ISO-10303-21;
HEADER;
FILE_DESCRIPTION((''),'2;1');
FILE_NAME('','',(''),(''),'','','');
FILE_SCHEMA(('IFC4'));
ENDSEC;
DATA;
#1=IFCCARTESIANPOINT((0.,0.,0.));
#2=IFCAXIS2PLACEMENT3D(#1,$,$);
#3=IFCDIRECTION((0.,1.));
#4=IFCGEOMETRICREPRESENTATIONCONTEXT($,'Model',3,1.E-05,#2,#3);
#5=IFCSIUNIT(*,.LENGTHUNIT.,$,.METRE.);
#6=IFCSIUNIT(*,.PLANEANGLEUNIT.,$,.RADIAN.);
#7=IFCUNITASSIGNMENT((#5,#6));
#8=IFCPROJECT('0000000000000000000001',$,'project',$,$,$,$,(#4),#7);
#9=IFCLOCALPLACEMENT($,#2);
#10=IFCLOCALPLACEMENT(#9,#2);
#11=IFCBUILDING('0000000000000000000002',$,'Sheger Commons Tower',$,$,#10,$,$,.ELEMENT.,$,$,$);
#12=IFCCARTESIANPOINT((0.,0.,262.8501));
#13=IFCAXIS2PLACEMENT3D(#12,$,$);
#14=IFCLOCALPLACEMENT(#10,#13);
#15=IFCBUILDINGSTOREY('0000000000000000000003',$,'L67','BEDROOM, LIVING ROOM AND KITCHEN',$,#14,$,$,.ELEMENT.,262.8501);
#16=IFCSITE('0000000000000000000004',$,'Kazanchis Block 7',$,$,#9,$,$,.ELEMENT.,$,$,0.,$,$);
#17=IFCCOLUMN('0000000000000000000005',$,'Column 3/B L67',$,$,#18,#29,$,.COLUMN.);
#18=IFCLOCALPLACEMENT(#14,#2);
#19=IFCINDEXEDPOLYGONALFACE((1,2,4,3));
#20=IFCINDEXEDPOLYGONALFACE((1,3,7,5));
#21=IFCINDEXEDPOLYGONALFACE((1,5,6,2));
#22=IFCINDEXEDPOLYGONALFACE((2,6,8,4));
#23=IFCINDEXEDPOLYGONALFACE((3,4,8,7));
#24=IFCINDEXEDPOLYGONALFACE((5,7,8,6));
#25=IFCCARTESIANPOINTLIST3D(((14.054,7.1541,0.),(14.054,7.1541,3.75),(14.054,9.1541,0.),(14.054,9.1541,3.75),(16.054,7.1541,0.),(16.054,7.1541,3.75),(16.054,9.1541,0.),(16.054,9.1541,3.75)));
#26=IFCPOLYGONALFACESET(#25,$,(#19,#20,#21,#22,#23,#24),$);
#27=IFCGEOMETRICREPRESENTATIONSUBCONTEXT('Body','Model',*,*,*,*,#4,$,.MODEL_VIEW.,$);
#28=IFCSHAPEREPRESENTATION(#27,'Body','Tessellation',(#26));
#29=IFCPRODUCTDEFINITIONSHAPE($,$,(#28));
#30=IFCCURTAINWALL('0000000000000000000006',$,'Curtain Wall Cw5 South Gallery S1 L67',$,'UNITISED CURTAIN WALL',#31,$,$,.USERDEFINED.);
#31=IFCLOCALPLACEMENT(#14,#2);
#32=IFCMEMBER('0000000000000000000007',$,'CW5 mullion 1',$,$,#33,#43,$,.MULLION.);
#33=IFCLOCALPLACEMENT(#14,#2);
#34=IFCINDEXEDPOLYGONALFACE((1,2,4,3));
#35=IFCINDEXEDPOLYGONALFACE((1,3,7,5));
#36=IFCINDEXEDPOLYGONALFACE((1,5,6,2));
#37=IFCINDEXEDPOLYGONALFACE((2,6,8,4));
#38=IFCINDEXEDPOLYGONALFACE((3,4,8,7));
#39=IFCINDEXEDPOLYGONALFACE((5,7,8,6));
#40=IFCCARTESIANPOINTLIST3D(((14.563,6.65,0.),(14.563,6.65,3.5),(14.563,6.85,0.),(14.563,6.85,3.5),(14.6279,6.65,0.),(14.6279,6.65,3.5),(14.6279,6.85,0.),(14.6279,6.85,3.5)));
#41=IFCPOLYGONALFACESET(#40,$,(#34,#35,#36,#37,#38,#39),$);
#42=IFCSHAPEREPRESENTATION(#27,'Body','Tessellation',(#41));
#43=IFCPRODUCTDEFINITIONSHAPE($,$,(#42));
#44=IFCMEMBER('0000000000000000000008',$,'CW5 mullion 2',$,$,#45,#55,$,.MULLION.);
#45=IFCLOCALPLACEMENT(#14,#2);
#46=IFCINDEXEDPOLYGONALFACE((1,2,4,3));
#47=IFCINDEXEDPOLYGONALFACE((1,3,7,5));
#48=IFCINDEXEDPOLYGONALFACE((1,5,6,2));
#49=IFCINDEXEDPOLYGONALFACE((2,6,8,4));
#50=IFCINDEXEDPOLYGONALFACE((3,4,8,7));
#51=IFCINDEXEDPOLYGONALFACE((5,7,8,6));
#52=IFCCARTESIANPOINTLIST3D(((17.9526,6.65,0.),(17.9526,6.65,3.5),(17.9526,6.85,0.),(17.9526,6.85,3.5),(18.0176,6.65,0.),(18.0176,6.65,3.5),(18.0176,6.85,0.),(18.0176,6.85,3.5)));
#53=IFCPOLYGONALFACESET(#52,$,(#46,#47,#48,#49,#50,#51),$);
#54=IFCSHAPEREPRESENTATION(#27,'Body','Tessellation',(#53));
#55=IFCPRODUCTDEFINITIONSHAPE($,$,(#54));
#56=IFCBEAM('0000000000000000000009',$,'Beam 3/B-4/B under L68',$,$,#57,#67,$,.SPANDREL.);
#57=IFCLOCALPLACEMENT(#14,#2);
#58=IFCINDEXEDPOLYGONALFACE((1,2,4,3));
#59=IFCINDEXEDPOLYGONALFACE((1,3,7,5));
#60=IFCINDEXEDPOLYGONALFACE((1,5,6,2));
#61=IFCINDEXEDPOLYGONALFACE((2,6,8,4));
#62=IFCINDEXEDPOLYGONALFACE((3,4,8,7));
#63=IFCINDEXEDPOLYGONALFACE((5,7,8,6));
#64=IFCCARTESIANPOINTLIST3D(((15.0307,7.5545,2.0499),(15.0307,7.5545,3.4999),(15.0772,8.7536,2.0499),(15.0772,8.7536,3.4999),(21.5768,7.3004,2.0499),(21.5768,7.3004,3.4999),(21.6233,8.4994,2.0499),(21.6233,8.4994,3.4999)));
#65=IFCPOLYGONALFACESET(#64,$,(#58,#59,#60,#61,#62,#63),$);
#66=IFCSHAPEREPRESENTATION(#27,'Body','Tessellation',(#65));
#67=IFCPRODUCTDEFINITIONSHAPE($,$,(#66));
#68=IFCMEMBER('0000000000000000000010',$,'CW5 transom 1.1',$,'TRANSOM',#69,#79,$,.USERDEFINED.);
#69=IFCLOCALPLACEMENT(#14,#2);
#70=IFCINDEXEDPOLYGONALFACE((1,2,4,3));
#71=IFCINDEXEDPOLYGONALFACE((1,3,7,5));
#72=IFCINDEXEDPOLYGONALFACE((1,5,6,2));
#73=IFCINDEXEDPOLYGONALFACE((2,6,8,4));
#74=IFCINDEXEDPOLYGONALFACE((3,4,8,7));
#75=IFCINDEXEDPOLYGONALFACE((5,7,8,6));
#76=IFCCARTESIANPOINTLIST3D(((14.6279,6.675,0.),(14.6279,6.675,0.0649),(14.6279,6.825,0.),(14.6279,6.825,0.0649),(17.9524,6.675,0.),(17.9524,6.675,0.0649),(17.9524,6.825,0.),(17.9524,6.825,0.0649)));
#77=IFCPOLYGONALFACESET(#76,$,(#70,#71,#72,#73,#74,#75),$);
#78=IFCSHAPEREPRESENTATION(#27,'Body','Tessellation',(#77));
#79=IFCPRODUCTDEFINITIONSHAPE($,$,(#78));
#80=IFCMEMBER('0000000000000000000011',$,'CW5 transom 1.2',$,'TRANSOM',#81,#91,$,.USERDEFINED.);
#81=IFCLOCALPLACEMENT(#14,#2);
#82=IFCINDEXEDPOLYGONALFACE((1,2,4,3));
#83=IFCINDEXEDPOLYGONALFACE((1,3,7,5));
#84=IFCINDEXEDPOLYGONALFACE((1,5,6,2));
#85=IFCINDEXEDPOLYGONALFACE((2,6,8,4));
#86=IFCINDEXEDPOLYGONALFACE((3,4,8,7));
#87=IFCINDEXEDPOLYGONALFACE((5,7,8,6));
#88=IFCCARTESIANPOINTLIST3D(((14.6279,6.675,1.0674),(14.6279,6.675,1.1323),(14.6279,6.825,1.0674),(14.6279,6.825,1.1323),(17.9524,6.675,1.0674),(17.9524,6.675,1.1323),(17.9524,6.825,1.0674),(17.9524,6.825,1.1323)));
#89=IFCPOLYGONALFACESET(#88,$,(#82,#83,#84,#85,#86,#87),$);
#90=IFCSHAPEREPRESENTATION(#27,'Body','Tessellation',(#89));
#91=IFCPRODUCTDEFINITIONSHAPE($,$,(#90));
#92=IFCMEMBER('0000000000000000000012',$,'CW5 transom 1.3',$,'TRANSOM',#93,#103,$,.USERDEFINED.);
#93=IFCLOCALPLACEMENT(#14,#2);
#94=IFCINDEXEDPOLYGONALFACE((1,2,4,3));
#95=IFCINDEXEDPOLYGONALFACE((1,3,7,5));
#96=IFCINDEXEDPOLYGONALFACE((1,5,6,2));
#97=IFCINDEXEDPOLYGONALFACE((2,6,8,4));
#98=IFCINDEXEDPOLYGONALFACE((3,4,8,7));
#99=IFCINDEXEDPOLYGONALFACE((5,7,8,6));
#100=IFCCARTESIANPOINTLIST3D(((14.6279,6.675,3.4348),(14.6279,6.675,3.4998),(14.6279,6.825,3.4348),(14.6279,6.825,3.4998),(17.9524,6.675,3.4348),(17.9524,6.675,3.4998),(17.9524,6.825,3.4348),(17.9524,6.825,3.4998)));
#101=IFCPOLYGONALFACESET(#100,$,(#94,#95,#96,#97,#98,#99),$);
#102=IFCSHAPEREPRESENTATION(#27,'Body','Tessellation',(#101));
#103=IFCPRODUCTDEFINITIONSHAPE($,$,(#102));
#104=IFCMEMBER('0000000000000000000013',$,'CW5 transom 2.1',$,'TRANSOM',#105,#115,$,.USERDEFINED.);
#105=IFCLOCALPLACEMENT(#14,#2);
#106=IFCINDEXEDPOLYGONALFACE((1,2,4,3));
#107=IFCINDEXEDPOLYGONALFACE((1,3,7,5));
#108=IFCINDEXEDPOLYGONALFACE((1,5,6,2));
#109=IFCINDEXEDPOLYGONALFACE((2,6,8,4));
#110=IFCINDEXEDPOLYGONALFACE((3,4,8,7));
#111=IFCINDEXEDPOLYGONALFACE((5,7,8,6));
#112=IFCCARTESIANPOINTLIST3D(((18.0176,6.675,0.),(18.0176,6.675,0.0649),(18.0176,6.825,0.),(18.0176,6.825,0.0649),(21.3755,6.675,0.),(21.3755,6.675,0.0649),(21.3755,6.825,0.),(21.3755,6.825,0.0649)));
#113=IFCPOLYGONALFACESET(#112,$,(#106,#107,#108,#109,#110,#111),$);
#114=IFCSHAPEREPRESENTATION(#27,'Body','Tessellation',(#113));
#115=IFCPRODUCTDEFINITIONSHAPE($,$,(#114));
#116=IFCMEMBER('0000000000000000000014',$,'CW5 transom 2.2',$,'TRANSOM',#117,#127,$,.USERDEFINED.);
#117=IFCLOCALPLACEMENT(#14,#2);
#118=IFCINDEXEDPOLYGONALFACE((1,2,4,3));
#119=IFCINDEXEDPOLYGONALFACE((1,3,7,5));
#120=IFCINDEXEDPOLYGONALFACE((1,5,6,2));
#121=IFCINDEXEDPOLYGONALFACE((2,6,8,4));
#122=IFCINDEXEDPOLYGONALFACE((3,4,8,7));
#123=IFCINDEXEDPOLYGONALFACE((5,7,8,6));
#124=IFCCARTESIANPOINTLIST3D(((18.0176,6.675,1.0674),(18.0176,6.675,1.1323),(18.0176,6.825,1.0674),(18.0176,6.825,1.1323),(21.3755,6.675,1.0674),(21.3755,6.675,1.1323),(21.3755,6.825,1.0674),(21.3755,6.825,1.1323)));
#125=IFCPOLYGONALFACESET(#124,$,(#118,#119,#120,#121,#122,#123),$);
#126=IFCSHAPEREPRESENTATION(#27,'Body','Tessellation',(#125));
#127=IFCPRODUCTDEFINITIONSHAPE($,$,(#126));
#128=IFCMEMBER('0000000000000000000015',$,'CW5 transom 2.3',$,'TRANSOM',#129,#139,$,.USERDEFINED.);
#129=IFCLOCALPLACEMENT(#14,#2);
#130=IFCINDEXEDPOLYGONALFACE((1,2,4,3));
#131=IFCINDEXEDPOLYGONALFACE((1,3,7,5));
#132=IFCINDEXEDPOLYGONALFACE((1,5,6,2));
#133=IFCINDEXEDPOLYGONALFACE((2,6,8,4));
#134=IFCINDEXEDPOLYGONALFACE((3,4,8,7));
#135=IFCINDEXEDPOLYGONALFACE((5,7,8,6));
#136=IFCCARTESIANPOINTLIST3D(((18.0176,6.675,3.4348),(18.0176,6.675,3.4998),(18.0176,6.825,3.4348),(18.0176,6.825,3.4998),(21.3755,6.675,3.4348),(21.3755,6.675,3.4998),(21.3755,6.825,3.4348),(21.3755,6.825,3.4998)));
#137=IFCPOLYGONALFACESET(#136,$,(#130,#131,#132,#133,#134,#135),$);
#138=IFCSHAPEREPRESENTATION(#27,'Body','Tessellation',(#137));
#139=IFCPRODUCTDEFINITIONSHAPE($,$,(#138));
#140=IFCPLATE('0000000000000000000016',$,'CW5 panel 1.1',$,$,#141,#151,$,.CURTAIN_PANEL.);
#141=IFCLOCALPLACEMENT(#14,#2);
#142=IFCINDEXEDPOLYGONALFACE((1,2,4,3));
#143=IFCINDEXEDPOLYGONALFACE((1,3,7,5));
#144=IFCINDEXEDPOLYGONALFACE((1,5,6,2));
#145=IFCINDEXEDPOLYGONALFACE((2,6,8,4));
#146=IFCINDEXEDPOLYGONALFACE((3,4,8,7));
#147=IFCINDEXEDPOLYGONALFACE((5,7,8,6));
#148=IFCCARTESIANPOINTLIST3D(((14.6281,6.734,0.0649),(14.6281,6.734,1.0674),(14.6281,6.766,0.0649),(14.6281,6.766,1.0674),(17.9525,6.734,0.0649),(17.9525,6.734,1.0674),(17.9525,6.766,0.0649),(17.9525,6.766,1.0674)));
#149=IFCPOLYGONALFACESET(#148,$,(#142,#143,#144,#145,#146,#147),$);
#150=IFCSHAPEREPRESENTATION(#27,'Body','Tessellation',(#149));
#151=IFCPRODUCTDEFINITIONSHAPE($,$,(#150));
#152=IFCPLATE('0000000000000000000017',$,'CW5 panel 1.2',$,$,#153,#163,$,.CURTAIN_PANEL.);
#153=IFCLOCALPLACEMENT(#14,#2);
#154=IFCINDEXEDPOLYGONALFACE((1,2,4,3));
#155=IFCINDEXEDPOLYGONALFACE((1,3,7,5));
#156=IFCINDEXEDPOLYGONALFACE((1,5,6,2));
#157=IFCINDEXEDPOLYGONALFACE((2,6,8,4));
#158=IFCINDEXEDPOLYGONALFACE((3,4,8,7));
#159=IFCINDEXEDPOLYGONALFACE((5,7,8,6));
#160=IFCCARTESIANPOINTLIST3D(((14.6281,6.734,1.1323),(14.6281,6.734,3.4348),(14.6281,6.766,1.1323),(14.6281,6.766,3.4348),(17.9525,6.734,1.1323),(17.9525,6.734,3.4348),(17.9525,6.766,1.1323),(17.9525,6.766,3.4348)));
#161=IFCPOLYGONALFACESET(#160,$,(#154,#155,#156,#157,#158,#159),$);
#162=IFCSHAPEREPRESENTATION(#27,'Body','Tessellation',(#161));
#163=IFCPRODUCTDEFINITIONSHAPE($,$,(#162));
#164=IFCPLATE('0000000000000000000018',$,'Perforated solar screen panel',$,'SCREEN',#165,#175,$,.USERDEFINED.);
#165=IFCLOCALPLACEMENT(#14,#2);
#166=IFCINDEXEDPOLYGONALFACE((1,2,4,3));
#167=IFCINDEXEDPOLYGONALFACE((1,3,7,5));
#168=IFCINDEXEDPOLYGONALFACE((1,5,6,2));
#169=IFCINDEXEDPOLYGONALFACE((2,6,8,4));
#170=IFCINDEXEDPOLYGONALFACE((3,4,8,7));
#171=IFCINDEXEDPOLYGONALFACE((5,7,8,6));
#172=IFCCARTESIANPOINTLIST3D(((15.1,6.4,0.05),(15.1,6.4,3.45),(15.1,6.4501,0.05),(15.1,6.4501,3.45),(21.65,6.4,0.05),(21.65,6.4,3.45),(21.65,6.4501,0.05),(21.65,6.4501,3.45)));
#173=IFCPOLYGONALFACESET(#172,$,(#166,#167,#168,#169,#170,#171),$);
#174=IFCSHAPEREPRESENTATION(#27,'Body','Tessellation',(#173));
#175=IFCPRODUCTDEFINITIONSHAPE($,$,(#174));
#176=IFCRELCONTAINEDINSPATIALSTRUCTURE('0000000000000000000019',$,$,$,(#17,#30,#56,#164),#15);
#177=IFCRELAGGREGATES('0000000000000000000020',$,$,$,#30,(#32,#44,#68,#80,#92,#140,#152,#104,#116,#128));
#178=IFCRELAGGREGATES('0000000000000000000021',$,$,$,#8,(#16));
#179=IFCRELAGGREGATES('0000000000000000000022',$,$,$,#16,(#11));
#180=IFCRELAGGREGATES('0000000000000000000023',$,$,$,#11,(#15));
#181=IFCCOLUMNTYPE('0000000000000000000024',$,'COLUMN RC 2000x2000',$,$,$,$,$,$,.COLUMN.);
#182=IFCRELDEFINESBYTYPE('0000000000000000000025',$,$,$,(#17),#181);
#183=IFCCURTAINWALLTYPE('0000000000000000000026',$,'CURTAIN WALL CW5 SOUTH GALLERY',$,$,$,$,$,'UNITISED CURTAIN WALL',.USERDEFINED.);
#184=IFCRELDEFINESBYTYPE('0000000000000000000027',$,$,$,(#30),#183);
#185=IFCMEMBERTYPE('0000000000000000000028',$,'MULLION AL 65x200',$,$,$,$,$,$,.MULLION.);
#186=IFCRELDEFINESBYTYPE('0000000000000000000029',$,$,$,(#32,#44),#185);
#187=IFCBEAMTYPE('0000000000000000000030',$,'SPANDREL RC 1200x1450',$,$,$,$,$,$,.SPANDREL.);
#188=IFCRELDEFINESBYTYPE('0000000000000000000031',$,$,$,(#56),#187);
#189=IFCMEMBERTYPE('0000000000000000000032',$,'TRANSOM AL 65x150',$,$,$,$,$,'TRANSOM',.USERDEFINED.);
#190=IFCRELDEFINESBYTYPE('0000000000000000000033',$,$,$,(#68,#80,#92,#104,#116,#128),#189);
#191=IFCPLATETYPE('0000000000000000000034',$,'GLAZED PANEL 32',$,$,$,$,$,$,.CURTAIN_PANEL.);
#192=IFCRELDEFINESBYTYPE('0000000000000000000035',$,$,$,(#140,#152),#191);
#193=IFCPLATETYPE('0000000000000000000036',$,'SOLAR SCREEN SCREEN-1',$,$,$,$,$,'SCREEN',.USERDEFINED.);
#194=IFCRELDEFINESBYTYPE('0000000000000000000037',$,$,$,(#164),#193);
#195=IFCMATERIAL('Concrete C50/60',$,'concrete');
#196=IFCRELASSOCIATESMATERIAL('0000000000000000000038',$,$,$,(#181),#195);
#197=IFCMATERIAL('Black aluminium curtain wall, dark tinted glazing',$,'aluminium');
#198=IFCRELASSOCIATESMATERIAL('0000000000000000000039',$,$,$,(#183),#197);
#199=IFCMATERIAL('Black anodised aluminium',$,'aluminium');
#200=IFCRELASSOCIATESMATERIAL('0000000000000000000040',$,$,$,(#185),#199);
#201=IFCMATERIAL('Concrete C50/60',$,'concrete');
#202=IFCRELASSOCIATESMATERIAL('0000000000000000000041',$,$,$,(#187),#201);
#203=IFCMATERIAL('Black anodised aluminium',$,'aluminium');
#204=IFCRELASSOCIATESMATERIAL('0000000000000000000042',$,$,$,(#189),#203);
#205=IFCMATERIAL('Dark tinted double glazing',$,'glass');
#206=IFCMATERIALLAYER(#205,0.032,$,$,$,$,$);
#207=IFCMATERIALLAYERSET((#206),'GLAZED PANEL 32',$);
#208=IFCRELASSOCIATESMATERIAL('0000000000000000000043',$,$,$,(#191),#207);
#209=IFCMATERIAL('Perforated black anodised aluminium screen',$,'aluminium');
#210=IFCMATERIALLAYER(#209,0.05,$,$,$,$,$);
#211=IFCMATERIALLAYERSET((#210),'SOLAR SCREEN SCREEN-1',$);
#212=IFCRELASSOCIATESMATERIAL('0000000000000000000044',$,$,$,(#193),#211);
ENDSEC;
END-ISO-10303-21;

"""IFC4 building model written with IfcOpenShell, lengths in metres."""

from ifc_helpers import new_model, si_unit, direction, frame, origin, origin_2d, place, context, subcontext, project, spatial, rectangle, extrude, material, layer, layer_set, material_profile, profile_set, type_object, element, aggregate, save


model = new_model("IFC4")

# Units and contexts
model_context = context("Model", 3, precision=1e-05, world=origin(), true_north=direction((0.0, 1.0)))
body_context = subcontext(model_context, "Body", "Model", "MODEL_VIEW")
ifc_project = project(units=[si_unit("LENGTHUNIT", "METRE"), si_unit("PLANEANGLEUNIT", "RADIAN")], contexts=[model_context])

# Site, building, storey
site_placement = place(None, origin())
site = spatial("IfcSite", under=ifc_project, at=site_placement, Name="Kazanchis Block 7", CompositionType="ELEMENT", RefElevation=0.0)
building_placement = place(site_placement, origin())
building = spatial("IfcBuilding", under=site, at=building_placement, Name="Sheger Commons Tower", CompositionType="ELEMENT")
storey_placement = place(building_placement, frame((0.0, 0.0, 262.8501)))
storey = spatial("IfcBuildingStorey", under=building, at=storey_placement, Name="L67", Description="BEDROOM, LIVING ROOM AND KITCHEN", CompositionType="ELEMENT", Elevation=262.8501)

# Column
ifc_material_1 = material(Name="Concrete C50/60", Category="concrete")
ifc_material_profile_1 = material_profile(ifc_material_1, rectangle(XDim=2.0, YDim=2.0, at=origin_2d()), Name="RC 2000x2000")
ifc_profile_set_1 = profile_set([ifc_material_profile_1], Name="Concrete C50/60")
column_type = type_object("IfcColumnType", Name="COLUMN RC 2000x2000", PredefinedType="COLUMN", material=ifc_profile_set_1)
column_placement = place(storey_placement, frame((15.054, 8.1541, 0.0), z_axis=(0.0, 0.0, 1.0), x_axis=(1.0, 0.0, 0.0)))
element("IfcColumn", 1, at=column_placement, inside=storey, type_object=column_type, Name="Column 3/B L67", PredefinedType="COLUMN", context=body_context, shape_type="SweptSolid", body=[
    extrude(rectangle(XDim=2.0, YDim=2.0, at=origin_2d()), origin(), (0.0, 0.0, 1.0), 3.75),
])

# Curtain wall, members
ifc_material_2 = material(Name="Black aluminium curtain wall, dark tinted glazing", Category="aluminium")
curtain_wall_type = type_object("IfcCurtainWallType", Name="CURTAIN WALL CW5 SOUTH GALLERY", ElementType="UNITISED CURTAIN WALL", PredefinedType="USERDEFINED", material=ifc_material_2)
curtain_wall_placement = place(storey_placement, origin())
curtain_wall = element("IfcCurtainWall", 2, at=curtain_wall_placement, inside=storey, type_object=curtain_wall_type, Name="Curtain Wall Cw5 South Gallery S1 L67", ObjectType="UNITISED CURTAIN WALL", PredefinedType="USERDEFINED")
ifc_material_3 = material(Name="Black anodised aluminium", Category="aluminium")
ifc_material_profile_2 = material_profile(ifc_material_3, rectangle(XDim=0.2, YDim=0.0649, at=origin_2d()), Name="AL 65x200")
ifc_profile_set_2 = profile_set([ifc_material_profile_2], Name="Black anodised aluminium")
member_type_1 = type_object("IfcMemberType", Name="MULLION AL 65x200", PredefinedType="MULLION", material=ifc_profile_set_2)
member_1_placement = place(storey_placement, frame((14.5955, 6.75, 0.0), z_axis=(0.0, 0.0, 1.0), x_axis=(0.0, 1.0, 0.0)))
member_1 = element("IfcMember", 3, at=member_1_placement, type_object=member_type_1, Name="CW5 mullion 1", PredefinedType="MULLION", context=body_context, shape_type="SweptSolid", body=[
    extrude(rectangle(XDim=0.2, YDim=0.0649, at=origin_2d()), origin(), (0.0, 0.0, 1.0), 3.5),
])
member_2_placement = place(storey_placement, frame((17.9851, 6.75, 0.0), z_axis=(0.0, 0.0, 1.0), x_axis=(0.0, 1.0, 0.0)))
member_2 = element("IfcMember", 4, at=member_2_placement, type_object=member_type_1, Name="CW5 mullion 2", PredefinedType="MULLION", context=body_context, shape_type="SweptSolid", body=[
    extrude(rectangle(XDim=0.2, YDim=0.0649, at=origin_2d()), origin(), (0.0, 0.0, 1.0), 3.5),
])

# Beam
ifc_material_4 = material(Name="Concrete C50/60", Category="concrete")
ifc_material_profile_3 = material_profile(ifc_material_4, rectangle(XDim=1.2, YDim=1.45, at=origin_2d()), Name="RC 1200x1450")
ifc_profile_set_3 = profile_set([ifc_material_profile_3], Name="Concrete C50/60")
beam_type = type_object("IfcBeamType", Name="SPANDREL RC 1200x1450", PredefinedType="SPANDREL", material=ifc_profile_set_3)
beam_placement = place(storey_placement, frame((15.054, 8.1541, 2.7749), z_axis=(0.999247, -0.038795, 0.0), x_axis=(0.038795, 0.999247, 0.0)))
element("IfcBeam", 5, at=beam_placement, inside=storey, type_object=beam_type, Name="Beam 3/B-4/B under L68", PredefinedType="SPANDREL", context=body_context, shape_type="SweptSolid", body=[
    extrude(rectangle(XDim=1.2, YDim=1.45, at=origin_2d()), origin(), (0.0, 0.0, 1.0), 6.551),
])

# Members
ifc_material_5 = material(Name="Black anodised aluminium", Category="aluminium")
ifc_material_profile_4 = material_profile(ifc_material_5, rectangle(XDim=0.1499, YDim=0.0649, at=origin_2d()), Name="AL 65x150")
ifc_profile_set_4 = profile_set([ifc_material_profile_4], Name="Black anodised aluminium")
member_type_2 = type_object("IfcMemberType", Name="TRANSOM AL 65x150", ElementType="TRANSOM", PredefinedType="USERDEFINED", material=ifc_profile_set_4)
member_3_placement = place(storey_placement, frame((14.6279, 6.75, 0.0325), z_axis=(1.0, 0.0, 0.0), x_axis=(0.0, 1.0, 0.0)))
member_3 = element("IfcMember", 6, at=member_3_placement, type_object=member_type_2, Name="CW5 transom 1.1", ObjectType="TRANSOM", PredefinedType="USERDEFINED", context=body_context, shape_type="SweptSolid", body=[
    extrude(rectangle(XDim=0.1499, YDim=0.0649, at=origin_2d()), origin(), (0.0, 0.0, 1.0), 3.3245),
])
member_4_placement = place(storey_placement, frame((14.6279, 6.75, 1.0999), z_axis=(1.0, 0.0, 0.0), x_axis=(0.0, 1.0, 0.0)))
member_4 = element("IfcMember", 7, at=member_4_placement, type_object=member_type_2, Name="CW5 transom 1.2", ObjectType="TRANSOM", PredefinedType="USERDEFINED", context=body_context, shape_type="SweptSolid", body=[
    extrude(rectangle(XDim=0.1499, YDim=0.0649, at=origin_2d()), origin(), (0.0, 0.0, 1.0), 3.3245),
])
member_5_placement = place(storey_placement, frame((14.6279, 6.75, 3.4673), z_axis=(1.0, 0.0, 0.0), x_axis=(0.0, 1.0, 0.0)))
member_5 = element("IfcMember", 8, at=member_5_placement, type_object=member_type_2, Name="CW5 transom 1.3", ObjectType="TRANSOM", PredefinedType="USERDEFINED", context=body_context, shape_type="SweptSolid", body=[
    extrude(rectangle(XDim=0.1499, YDim=0.0649, at=origin_2d()), origin(), (0.0, 0.0, 1.0), 3.3245),
])
member_6_placement = place(storey_placement, frame((18.0176, 6.75, 0.0325), z_axis=(1.0, 0.0, 0.0), x_axis=(0.0, 1.0, 0.0)))
member_6 = element("IfcMember", 9, at=member_6_placement, type_object=member_type_2, Name="CW5 transom 2.1", ObjectType="TRANSOM", PredefinedType="USERDEFINED", context=body_context, shape_type="SweptSolid", body=[
    extrude(rectangle(XDim=0.1499, YDim=0.0649, at=origin_2d()), origin(), (0.0, 0.0, 1.0), 3.3579),
])
member_7_placement = place(storey_placement, frame((18.0176, 6.75, 1.0999), z_axis=(1.0, 0.0, 0.0), x_axis=(0.0, 1.0, 0.0)))
member_7 = element("IfcMember", 10, at=member_7_placement, type_object=member_type_2, Name="CW5 transom 2.2", ObjectType="TRANSOM", PredefinedType="USERDEFINED", context=body_context, shape_type="SweptSolid", body=[
    extrude(rectangle(XDim=0.1499, YDim=0.0649, at=origin_2d()), origin(), (0.0, 0.0, 1.0), 3.3579),
])
member_8_placement = place(storey_placement, frame((18.0176, 6.75, 3.4673), z_axis=(1.0, 0.0, 0.0), x_axis=(0.0, 1.0, 0.0)))
member_8 = element("IfcMember", 11, at=member_8_placement, type_object=member_type_2, Name="CW5 transom 2.3", ObjectType="TRANSOM", PredefinedType="USERDEFINED", context=body_context, shape_type="SweptSolid", body=[
    extrude(rectangle(XDim=0.1499, YDim=0.0649, at=origin_2d()), origin(), (0.0, 0.0, 1.0), 3.3579),
])

# Plates
ifc_material_6 = material(Name="Dark tinted double glazing", Category="glass")
ifc_layer_1 = layer(ifc_material_6, 0.032)
ifc_layer_set_1 = layer_set([ifc_layer_1], Name="GLAZED PANEL 32")
plate_type_1 = type_object("IfcPlateType", Name="GLAZED PANEL 32", PredefinedType="CURTAIN_PANEL", material=ifc_layer_set_1)
plate_1_placement = place(storey_placement, frame((16.2903, 6.75, 0.0649), z_axis=(0.0, 0.0, 1.0), x_axis=(1.0, 0.0, 0.0)))
plate_1 = element("IfcPlate", 12, at=plate_1_placement, type_object=plate_type_1, Name="CW5 panel 1.1", PredefinedType="CURTAIN_PANEL", context=body_context, shape_type="SweptSolid", body=[
    extrude(rectangle(XDim=3.3245, YDim=0.032, at=origin_2d()), origin(), (0.0, 0.0, 1.0), 1.0024),
])
plate_2_placement = place(storey_placement, frame((16.2903, 6.75, 1.1323), z_axis=(0.0, 0.0, 1.0), x_axis=(1.0, 0.0, 0.0)))
plate_2 = element("IfcPlate", 13, at=plate_2_placement, type_object=plate_type_1, Name="CW5 panel 1.2", PredefinedType="CURTAIN_PANEL", context=body_context, shape_type="SweptSolid", body=[
    extrude(rectangle(XDim=3.3245, YDim=0.032, at=origin_2d()), origin(), (0.0, 0.0, 1.0), 2.3025),
])
aggregate(curtain_wall, [member_1, member_2, member_3, member_4, member_5, plate_1, plate_2, member_6, member_7, member_8])
ifc_material_7 = material(Name="Perforated black anodised aluminium screen", Category="aluminium")
ifc_layer_2 = layer(ifc_material_7, 0.05)
ifc_layer_set_2 = layer_set([ifc_layer_2], Name="SOLAR SCREEN SCREEN-1")
plate_type_2 = type_object("IfcPlateType", Name="SOLAR SCREEN SCREEN-1", ElementType="SCREEN", PredefinedType="USERDEFINED", material=ifc_layer_set_2)
plate_3_placement = place(storey_placement, frame((18.375, 6.425, 0.05), z_axis=(0.0, 0.0, 1.0), x_axis=(1.0, 0.0, 0.0)))
element("IfcPlate", 14, at=plate_3_placement, inside=storey, type_object=plate_type_2, Name="Perforated solar screen panel", ObjectType="SCREEN", PredefinedType="USERDEFINED", context=body_context, shape_type="SweptSolid", body=[
    extrude(rectangle(XDim=6.55, YDim=0.05, at=origin_2d()), origin(), (0.0, 0.0, 1.0), 3.3999),
])

save(model, "model.ifc")
